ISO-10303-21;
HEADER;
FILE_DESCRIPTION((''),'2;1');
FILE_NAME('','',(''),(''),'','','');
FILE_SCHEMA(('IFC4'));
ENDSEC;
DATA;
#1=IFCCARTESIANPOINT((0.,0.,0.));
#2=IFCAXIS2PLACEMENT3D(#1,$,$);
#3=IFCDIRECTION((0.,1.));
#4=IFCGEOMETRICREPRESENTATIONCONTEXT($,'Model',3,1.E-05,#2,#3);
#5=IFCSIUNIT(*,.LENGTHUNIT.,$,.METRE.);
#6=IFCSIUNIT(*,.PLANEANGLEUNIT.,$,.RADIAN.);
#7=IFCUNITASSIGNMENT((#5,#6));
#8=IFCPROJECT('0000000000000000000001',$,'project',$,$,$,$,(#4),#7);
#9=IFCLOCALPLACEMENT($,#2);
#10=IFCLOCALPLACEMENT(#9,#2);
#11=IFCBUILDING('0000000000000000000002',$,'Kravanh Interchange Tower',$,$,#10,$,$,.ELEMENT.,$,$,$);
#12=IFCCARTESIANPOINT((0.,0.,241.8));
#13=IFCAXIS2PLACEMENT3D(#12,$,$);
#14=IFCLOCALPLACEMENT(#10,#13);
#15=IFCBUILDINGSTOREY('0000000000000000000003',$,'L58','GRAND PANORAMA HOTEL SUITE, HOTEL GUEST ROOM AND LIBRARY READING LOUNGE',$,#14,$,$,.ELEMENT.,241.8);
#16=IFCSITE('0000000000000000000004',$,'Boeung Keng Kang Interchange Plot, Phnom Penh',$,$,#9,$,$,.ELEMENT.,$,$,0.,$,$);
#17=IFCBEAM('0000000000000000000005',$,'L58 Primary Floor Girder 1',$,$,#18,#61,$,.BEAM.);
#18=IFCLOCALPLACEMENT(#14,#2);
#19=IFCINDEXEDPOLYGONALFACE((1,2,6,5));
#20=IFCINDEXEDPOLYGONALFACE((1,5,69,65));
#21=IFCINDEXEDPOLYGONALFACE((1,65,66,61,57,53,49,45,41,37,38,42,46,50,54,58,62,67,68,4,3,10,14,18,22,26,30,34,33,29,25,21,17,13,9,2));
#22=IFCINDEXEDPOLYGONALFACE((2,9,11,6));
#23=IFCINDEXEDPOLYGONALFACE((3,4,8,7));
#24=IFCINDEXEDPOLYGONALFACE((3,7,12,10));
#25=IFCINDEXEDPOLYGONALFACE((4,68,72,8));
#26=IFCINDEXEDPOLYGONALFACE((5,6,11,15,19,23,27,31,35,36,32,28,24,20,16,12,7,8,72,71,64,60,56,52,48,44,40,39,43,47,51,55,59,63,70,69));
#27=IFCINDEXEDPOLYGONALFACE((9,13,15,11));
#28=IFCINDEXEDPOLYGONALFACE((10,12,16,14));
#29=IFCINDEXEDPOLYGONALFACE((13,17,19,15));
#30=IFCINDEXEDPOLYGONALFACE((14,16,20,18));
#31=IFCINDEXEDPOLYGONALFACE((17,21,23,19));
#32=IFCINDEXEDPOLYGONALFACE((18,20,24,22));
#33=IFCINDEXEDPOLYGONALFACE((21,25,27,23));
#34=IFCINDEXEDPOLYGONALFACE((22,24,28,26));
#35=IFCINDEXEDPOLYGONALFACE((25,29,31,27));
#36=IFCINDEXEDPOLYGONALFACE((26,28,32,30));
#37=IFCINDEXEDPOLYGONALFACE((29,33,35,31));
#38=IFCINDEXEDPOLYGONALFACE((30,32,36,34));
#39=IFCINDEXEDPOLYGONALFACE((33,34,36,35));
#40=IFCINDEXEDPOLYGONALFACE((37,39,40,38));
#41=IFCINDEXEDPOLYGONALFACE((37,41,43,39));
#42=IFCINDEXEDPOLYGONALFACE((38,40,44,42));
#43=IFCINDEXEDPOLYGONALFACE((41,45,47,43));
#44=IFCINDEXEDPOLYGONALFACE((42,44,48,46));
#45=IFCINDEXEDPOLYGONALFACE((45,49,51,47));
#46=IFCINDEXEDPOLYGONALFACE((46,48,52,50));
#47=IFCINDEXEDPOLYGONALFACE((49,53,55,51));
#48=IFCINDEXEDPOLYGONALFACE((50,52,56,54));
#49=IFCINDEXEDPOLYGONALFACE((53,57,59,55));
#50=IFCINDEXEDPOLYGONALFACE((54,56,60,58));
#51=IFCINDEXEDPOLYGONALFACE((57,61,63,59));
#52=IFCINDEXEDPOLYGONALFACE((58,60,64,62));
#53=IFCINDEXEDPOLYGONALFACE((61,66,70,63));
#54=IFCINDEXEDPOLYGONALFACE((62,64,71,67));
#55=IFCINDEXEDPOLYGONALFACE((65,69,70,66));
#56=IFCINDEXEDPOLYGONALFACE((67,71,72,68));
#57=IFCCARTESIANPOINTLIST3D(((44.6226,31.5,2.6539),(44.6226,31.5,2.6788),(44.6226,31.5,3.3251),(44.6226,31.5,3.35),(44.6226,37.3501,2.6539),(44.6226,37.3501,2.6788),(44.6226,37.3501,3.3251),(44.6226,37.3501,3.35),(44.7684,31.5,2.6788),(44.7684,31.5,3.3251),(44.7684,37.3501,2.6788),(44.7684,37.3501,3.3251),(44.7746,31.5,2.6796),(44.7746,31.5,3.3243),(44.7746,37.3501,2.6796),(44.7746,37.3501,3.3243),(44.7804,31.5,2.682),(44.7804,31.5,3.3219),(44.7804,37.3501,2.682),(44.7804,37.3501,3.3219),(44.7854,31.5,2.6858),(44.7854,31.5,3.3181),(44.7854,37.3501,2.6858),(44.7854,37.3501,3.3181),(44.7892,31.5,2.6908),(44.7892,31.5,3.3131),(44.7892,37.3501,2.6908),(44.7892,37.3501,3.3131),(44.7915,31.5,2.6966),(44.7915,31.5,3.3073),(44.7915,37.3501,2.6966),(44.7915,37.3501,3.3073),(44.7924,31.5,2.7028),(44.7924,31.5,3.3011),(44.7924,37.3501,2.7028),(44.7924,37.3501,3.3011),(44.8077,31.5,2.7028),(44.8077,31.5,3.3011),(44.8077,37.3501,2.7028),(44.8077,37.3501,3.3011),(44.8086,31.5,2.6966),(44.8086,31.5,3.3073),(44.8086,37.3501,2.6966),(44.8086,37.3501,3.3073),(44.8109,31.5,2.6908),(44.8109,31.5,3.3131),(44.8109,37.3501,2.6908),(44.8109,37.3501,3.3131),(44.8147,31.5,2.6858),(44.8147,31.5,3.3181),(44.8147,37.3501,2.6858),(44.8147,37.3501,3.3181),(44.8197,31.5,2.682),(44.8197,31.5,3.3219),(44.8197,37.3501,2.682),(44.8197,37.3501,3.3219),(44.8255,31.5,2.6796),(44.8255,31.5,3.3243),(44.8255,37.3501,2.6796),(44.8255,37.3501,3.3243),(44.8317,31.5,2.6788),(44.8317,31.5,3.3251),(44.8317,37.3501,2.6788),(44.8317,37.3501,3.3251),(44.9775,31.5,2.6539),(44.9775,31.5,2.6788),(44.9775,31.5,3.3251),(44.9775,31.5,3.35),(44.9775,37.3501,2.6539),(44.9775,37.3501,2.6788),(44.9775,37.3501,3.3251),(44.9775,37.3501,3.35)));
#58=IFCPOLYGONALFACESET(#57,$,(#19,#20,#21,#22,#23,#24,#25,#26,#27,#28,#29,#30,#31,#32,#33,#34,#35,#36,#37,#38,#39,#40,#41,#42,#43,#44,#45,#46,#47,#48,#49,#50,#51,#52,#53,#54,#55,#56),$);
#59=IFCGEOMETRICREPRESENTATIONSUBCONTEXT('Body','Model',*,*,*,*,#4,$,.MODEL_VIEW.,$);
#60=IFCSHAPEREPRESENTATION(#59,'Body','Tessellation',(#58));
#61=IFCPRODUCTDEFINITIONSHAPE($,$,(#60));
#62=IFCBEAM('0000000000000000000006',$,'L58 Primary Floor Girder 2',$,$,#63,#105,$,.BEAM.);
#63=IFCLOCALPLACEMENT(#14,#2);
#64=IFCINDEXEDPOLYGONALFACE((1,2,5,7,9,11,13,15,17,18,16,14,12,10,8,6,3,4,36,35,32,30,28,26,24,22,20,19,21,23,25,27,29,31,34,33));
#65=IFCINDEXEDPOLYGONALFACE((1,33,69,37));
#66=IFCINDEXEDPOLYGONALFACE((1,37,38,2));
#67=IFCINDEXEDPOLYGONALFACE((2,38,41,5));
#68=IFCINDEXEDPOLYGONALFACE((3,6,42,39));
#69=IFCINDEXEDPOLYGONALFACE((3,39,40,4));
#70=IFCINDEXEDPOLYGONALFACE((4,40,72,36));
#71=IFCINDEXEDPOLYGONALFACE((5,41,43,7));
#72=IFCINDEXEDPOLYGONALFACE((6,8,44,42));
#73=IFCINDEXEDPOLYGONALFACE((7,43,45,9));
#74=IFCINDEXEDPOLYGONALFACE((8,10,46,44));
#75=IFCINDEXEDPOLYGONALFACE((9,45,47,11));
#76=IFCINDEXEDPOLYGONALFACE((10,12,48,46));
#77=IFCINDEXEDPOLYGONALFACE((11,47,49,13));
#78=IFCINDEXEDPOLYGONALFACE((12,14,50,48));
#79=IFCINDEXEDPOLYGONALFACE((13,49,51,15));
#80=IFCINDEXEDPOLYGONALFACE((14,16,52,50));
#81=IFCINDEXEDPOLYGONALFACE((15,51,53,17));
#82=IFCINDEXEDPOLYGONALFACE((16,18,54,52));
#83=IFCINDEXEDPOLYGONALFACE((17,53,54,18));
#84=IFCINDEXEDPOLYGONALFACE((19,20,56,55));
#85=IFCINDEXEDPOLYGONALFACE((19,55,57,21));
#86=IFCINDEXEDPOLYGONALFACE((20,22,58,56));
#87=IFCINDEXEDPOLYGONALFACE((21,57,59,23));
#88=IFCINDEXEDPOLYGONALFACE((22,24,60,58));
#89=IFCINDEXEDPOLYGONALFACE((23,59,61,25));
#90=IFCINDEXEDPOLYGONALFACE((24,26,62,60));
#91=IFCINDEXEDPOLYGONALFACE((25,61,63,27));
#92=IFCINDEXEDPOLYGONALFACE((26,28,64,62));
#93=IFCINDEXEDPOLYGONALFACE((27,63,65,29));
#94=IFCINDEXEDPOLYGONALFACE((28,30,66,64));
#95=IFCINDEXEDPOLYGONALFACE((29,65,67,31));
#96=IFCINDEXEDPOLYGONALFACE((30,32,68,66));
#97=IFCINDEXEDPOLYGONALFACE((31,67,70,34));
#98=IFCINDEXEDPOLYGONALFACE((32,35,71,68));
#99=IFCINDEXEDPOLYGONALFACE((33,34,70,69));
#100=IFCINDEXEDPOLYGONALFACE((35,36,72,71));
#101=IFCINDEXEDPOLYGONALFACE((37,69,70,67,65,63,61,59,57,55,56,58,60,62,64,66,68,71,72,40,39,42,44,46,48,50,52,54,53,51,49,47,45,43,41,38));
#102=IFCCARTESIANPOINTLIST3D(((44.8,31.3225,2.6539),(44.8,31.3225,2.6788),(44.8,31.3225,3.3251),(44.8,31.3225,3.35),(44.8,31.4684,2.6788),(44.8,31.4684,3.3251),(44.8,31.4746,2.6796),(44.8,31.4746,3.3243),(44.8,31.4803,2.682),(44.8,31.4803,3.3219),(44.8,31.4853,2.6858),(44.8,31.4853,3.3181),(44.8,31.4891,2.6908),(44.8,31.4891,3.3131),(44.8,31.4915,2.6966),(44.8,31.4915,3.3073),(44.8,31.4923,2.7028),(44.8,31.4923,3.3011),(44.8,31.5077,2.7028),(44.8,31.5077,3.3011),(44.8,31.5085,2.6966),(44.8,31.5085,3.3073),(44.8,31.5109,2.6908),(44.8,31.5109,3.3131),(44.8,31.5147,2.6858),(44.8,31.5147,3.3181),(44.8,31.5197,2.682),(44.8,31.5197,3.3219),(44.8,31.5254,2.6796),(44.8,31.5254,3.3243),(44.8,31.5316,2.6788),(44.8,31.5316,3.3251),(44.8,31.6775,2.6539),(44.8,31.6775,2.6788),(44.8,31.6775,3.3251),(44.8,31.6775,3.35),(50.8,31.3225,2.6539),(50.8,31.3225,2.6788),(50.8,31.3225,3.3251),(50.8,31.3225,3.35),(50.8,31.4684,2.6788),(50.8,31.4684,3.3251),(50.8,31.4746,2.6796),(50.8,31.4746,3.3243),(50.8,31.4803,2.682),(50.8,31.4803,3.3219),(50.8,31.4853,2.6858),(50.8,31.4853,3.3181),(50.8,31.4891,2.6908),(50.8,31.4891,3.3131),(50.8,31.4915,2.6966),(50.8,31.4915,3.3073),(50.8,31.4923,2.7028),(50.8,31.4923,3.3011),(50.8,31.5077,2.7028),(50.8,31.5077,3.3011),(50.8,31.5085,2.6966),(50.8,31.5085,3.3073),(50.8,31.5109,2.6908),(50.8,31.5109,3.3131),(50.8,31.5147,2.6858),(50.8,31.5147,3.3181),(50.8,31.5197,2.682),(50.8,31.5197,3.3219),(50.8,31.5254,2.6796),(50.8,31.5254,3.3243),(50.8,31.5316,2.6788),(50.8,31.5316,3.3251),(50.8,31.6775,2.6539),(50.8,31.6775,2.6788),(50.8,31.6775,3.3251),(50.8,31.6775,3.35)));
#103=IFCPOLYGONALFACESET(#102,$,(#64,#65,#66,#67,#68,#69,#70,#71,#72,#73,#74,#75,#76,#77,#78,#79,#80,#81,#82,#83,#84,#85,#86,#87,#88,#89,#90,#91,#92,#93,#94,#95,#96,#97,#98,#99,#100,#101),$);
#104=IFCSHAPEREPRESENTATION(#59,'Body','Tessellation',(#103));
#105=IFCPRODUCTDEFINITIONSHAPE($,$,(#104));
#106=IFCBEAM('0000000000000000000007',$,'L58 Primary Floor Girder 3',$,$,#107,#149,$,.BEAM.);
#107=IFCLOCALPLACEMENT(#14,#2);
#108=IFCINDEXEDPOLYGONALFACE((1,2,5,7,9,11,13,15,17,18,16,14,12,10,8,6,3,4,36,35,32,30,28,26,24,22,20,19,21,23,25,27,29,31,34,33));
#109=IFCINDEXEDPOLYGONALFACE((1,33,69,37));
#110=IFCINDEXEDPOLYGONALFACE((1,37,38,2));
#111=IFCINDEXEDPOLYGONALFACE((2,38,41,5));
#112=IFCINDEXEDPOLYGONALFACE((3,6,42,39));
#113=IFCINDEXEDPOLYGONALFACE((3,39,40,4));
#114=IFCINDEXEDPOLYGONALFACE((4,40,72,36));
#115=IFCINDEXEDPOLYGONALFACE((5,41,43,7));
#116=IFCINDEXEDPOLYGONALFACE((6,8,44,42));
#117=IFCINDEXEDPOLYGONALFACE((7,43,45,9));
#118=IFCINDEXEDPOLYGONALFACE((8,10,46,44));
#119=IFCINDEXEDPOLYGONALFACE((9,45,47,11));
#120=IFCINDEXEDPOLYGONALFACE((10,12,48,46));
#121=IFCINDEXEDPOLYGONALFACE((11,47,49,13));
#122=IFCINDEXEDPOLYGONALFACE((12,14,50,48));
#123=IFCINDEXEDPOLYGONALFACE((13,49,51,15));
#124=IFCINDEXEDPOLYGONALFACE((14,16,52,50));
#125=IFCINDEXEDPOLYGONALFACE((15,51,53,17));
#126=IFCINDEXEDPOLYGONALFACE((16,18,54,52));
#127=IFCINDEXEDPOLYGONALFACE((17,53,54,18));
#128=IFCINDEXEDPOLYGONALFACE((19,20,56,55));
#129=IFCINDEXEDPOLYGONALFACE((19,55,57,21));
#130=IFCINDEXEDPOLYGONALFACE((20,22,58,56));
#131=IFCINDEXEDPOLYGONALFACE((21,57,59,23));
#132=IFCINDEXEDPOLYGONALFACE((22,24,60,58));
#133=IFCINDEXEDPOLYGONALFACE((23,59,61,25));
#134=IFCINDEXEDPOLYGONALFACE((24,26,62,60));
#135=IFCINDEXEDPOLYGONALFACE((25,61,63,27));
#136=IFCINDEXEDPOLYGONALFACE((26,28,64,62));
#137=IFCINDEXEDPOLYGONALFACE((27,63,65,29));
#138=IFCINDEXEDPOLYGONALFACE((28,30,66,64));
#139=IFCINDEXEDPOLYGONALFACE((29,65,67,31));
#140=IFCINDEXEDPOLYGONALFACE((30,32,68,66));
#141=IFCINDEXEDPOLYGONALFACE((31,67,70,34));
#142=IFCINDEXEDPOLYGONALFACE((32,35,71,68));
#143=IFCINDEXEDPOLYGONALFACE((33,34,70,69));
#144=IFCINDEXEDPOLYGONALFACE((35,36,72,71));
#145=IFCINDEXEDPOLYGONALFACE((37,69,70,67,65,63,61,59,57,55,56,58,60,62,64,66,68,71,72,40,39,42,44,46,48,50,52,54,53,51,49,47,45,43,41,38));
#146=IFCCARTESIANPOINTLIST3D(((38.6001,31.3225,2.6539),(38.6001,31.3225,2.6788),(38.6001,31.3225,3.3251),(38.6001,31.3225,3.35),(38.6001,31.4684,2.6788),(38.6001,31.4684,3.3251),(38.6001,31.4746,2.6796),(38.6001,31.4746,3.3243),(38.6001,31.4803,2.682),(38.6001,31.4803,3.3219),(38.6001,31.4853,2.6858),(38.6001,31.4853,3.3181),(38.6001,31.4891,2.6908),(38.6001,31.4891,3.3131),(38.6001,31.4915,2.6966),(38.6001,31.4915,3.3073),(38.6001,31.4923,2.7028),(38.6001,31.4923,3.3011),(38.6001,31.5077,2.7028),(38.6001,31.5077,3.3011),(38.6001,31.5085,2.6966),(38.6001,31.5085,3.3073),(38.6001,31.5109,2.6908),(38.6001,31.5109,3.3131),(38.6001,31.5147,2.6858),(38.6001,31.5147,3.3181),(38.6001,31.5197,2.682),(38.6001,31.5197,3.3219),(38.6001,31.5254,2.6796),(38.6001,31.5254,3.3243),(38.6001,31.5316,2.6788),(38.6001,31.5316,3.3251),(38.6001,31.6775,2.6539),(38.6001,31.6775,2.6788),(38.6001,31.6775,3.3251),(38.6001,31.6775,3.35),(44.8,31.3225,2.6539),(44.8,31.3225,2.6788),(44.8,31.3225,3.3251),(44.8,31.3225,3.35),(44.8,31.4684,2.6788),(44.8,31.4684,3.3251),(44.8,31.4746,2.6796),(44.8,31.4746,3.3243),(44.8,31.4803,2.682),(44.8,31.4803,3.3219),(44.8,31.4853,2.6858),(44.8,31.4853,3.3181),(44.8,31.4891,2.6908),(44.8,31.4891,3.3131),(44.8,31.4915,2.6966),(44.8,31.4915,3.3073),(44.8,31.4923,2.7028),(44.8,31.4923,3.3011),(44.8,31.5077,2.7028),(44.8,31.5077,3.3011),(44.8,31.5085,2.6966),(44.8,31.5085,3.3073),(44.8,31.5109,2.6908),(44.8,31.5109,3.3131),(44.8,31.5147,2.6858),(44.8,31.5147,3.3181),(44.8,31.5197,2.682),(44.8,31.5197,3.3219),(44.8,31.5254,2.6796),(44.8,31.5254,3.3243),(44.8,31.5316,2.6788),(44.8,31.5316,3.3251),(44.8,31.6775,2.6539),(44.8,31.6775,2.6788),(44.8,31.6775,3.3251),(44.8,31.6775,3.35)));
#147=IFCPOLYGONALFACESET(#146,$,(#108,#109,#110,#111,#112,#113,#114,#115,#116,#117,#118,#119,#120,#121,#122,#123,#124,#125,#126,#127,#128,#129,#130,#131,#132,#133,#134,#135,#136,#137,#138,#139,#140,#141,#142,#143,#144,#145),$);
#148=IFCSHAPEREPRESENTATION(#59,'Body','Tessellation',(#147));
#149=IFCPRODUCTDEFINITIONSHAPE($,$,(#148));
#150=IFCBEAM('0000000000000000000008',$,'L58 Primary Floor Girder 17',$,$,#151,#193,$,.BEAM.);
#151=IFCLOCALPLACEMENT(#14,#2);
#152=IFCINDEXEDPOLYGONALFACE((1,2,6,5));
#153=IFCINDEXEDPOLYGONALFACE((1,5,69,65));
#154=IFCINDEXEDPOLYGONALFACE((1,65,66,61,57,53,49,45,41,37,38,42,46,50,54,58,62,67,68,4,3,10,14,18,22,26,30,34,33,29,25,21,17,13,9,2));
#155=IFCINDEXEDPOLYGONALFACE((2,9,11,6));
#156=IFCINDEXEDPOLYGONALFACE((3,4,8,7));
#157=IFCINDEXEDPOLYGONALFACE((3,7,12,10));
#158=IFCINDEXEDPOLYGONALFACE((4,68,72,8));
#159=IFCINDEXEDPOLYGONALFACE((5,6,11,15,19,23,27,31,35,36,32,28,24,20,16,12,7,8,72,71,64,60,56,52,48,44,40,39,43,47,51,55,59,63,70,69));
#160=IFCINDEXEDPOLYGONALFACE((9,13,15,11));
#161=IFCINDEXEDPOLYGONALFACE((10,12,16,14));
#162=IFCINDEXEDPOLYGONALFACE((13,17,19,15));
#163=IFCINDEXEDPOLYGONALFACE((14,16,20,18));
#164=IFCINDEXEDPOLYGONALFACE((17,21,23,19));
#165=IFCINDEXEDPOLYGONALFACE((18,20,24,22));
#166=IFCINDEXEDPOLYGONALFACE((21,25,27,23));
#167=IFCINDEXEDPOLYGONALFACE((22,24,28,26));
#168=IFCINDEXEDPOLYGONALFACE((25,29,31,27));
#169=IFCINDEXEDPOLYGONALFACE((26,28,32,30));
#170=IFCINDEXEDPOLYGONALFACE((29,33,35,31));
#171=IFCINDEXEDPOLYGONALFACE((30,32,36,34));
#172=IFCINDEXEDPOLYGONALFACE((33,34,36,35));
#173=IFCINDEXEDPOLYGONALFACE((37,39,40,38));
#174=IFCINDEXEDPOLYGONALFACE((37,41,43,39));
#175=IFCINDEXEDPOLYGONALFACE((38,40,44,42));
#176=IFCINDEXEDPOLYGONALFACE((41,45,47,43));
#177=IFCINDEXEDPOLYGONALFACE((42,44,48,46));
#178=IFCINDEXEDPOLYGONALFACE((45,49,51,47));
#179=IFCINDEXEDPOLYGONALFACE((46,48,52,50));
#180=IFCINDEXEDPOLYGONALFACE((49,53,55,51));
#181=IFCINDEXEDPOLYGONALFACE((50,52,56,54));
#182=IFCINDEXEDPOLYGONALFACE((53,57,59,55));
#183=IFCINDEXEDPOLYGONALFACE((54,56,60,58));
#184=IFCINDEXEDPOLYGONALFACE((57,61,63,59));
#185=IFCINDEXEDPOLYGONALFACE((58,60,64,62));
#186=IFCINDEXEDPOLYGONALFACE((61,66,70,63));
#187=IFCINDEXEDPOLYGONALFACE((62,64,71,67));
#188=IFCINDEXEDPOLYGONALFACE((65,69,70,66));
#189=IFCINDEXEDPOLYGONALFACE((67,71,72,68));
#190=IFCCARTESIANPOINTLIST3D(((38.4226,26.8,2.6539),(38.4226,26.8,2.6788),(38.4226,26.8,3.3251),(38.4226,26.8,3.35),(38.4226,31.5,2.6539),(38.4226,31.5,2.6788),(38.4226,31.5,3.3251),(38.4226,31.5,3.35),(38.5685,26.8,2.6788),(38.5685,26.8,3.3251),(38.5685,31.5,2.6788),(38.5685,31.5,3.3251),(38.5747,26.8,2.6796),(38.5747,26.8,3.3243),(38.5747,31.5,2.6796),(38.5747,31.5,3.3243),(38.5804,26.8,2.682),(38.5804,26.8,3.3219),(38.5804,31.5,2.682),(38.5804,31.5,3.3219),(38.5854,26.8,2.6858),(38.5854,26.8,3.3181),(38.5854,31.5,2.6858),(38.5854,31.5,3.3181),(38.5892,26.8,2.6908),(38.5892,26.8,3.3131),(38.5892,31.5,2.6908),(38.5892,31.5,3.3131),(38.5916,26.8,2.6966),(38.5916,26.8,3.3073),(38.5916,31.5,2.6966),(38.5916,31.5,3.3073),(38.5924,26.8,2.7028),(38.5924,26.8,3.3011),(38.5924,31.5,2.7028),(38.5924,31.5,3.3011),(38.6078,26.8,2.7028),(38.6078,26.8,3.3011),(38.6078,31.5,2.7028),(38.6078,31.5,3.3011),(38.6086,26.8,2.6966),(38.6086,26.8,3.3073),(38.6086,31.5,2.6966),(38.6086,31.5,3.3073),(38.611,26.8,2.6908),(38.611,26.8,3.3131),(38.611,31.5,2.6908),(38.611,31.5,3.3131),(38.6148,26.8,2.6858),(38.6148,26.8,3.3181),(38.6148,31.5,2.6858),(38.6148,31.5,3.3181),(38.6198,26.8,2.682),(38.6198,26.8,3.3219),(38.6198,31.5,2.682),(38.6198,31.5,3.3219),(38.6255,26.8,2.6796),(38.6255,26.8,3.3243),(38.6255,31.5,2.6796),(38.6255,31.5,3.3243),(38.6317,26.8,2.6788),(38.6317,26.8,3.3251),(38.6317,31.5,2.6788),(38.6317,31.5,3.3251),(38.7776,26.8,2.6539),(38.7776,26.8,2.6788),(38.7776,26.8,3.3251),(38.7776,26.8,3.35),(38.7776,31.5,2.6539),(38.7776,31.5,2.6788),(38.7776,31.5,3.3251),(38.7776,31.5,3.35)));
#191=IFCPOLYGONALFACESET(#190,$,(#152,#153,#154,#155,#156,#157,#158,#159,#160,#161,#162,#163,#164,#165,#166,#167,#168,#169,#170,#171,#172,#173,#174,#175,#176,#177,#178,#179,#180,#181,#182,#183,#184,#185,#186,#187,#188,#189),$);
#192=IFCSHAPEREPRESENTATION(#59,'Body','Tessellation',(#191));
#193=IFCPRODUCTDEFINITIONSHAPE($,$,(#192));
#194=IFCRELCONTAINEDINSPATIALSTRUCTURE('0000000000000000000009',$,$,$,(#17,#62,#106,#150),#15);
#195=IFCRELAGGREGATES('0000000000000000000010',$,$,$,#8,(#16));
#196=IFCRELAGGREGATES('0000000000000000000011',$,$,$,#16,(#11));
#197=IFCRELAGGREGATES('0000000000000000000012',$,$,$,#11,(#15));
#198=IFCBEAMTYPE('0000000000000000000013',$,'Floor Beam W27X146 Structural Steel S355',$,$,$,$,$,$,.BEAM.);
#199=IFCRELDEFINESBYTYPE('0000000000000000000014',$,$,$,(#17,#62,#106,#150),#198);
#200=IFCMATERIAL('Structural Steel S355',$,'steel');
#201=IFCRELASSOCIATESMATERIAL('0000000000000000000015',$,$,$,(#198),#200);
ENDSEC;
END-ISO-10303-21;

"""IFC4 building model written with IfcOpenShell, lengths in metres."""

from ifc_helpers import new_model, si_unit, direction, frame, origin, origin_2d, place, context, subcontext, project, spatial, i_section, extrude, material, material_profile, profile_set, type_object, element, save


model = new_model("IFC4")

# Units and contexts
model_context = context("Model", 3, precision=1e-05, world=origin(), true_north=direction((0.0, 1.0)))
body_context = subcontext(model_context, "Body", "Model", "MODEL_VIEW")
ifc_project = project(units=[si_unit("LENGTHUNIT", "METRE"), si_unit("PLANEANGLEUNIT", "RADIAN")], contexts=[model_context])

# Site, building, storey
site_placement = place(None, origin())
site = spatial("IfcSite", under=ifc_project, at=site_placement, Name="Boeung Keng Kang Interchange Plot, Phnom Penh", CompositionType="ELEMENT", RefElevation=0.0)
building_placement = place(site_placement, origin())
building = spatial("IfcBuilding", under=site, at=building_placement, Name="Kravanh Interchange Tower", CompositionType="ELEMENT")
storey_placement = place(building_placement, frame((0.0, 0.0, 241.8)))
storey = spatial("IfcBuildingStorey", under=building, at=storey_placement, Name="L58", Description="GRAND PANORAMA HOTEL SUITE, HOTEL GUEST ROOM AND LIBRARY READING LOUNGE", CompositionType="ELEMENT", Elevation=241.8)

# Beams
ifc_material_1 = material(Name="Structural Steel S355", Category="steel")
ifc_material_profile_1 = material_profile(ifc_material_1, i_section(OverallWidth=0.355, OverallDepth=0.696, WebThickness=0.0154, FlangeThickness=0.0249, FilletRadius=0.0239, at=origin_2d()), Name="W27X146")
ifc_profile_set_1 = profile_set([ifc_material_profile_1], Name="Structural Steel S355")
beam_type_1 = type_object("IfcBeamType", Name="Floor Beam W27X146 Structural Steel S355", PredefinedType="BEAM", material=ifc_profile_set_1)
beam_1_placement = place(storey_placement, frame((44.8, 31.5, 3.002), z_axis=(0.0, 1.0, 0.0), x_axis=(-1.0, 0.0, 0.0)))
element("IfcBeam", 1, at=beam_1_placement, inside=storey, type_object=beam_type_1, Name="L58 Primary Floor Girder 1", PredefinedType="BEAM", context=body_context, shape_type="SweptSolid", body=[
    extrude(i_section(OverallWidth=0.355, OverallDepth=0.696, WebThickness=0.0154, FlangeThickness=0.0249, FilletRadius=0.0239, at=origin_2d()), origin(), (0.0, 0.0, 1.0), 5.8501),
])
beam_2_placement = place(storey_placement, frame((44.8, 31.5, 3.002), z_axis=(1.0, 0.0, 0.0), x_axis=(0.0, 1.0, 0.0)))
element("IfcBeam", 2, at=beam_2_placement, inside=storey, type_object=beam_type_1, Name="L58 Primary Floor Girder 2", PredefinedType="BEAM", context=body_context, shape_type="SweptSolid", body=[
    extrude(i_section(OverallWidth=0.355, OverallDepth=0.696, WebThickness=0.0154, FlangeThickness=0.0249, FilletRadius=0.0239, at=origin_2d()), origin(), (0.0, 0.0, 1.0), 6.0),
])
beam_3_placement = place(storey_placement, frame((44.8, 31.5, 3.002), z_axis=(-1.0, 0.0, 0.0), x_axis=(0.0, -1.0, 0.0)))
element("IfcBeam", 3, at=beam_3_placement, inside=storey, type_object=beam_type_1, Name="L58 Primary Floor Girder 3", PredefinedType="BEAM", context=body_context, shape_type="SweptSolid", body=[
    extrude(i_section(OverallWidth=0.355, OverallDepth=0.696, WebThickness=0.0154, FlangeThickness=0.0249, FilletRadius=0.0239, at=origin_2d()), origin(), (0.0, 0.0, 1.0), 6.2),
])
beam_4_placement = place(storey_placement, frame((38.6001, 31.5, 3.002), z_axis=(0.0, -1.0, 0.0), x_axis=(1.0, 0.0, 0.0)))
element("IfcBeam", 4, at=beam_4_placement, inside=storey, type_object=beam_type_1, Name="L58 Primary Floor Girder 17", PredefinedType="BEAM", context=body_context, shape_type="SweptSolid", body=[
    extrude(i_section(OverallWidth=0.355, OverallDepth=0.696, WebThickness=0.0154, FlangeThickness=0.0249, FilletRadius=0.0239, at=origin_2d()), origin(), (0.0, 0.0, 1.0), 4.7),
])

save(model, "model.ifc")
